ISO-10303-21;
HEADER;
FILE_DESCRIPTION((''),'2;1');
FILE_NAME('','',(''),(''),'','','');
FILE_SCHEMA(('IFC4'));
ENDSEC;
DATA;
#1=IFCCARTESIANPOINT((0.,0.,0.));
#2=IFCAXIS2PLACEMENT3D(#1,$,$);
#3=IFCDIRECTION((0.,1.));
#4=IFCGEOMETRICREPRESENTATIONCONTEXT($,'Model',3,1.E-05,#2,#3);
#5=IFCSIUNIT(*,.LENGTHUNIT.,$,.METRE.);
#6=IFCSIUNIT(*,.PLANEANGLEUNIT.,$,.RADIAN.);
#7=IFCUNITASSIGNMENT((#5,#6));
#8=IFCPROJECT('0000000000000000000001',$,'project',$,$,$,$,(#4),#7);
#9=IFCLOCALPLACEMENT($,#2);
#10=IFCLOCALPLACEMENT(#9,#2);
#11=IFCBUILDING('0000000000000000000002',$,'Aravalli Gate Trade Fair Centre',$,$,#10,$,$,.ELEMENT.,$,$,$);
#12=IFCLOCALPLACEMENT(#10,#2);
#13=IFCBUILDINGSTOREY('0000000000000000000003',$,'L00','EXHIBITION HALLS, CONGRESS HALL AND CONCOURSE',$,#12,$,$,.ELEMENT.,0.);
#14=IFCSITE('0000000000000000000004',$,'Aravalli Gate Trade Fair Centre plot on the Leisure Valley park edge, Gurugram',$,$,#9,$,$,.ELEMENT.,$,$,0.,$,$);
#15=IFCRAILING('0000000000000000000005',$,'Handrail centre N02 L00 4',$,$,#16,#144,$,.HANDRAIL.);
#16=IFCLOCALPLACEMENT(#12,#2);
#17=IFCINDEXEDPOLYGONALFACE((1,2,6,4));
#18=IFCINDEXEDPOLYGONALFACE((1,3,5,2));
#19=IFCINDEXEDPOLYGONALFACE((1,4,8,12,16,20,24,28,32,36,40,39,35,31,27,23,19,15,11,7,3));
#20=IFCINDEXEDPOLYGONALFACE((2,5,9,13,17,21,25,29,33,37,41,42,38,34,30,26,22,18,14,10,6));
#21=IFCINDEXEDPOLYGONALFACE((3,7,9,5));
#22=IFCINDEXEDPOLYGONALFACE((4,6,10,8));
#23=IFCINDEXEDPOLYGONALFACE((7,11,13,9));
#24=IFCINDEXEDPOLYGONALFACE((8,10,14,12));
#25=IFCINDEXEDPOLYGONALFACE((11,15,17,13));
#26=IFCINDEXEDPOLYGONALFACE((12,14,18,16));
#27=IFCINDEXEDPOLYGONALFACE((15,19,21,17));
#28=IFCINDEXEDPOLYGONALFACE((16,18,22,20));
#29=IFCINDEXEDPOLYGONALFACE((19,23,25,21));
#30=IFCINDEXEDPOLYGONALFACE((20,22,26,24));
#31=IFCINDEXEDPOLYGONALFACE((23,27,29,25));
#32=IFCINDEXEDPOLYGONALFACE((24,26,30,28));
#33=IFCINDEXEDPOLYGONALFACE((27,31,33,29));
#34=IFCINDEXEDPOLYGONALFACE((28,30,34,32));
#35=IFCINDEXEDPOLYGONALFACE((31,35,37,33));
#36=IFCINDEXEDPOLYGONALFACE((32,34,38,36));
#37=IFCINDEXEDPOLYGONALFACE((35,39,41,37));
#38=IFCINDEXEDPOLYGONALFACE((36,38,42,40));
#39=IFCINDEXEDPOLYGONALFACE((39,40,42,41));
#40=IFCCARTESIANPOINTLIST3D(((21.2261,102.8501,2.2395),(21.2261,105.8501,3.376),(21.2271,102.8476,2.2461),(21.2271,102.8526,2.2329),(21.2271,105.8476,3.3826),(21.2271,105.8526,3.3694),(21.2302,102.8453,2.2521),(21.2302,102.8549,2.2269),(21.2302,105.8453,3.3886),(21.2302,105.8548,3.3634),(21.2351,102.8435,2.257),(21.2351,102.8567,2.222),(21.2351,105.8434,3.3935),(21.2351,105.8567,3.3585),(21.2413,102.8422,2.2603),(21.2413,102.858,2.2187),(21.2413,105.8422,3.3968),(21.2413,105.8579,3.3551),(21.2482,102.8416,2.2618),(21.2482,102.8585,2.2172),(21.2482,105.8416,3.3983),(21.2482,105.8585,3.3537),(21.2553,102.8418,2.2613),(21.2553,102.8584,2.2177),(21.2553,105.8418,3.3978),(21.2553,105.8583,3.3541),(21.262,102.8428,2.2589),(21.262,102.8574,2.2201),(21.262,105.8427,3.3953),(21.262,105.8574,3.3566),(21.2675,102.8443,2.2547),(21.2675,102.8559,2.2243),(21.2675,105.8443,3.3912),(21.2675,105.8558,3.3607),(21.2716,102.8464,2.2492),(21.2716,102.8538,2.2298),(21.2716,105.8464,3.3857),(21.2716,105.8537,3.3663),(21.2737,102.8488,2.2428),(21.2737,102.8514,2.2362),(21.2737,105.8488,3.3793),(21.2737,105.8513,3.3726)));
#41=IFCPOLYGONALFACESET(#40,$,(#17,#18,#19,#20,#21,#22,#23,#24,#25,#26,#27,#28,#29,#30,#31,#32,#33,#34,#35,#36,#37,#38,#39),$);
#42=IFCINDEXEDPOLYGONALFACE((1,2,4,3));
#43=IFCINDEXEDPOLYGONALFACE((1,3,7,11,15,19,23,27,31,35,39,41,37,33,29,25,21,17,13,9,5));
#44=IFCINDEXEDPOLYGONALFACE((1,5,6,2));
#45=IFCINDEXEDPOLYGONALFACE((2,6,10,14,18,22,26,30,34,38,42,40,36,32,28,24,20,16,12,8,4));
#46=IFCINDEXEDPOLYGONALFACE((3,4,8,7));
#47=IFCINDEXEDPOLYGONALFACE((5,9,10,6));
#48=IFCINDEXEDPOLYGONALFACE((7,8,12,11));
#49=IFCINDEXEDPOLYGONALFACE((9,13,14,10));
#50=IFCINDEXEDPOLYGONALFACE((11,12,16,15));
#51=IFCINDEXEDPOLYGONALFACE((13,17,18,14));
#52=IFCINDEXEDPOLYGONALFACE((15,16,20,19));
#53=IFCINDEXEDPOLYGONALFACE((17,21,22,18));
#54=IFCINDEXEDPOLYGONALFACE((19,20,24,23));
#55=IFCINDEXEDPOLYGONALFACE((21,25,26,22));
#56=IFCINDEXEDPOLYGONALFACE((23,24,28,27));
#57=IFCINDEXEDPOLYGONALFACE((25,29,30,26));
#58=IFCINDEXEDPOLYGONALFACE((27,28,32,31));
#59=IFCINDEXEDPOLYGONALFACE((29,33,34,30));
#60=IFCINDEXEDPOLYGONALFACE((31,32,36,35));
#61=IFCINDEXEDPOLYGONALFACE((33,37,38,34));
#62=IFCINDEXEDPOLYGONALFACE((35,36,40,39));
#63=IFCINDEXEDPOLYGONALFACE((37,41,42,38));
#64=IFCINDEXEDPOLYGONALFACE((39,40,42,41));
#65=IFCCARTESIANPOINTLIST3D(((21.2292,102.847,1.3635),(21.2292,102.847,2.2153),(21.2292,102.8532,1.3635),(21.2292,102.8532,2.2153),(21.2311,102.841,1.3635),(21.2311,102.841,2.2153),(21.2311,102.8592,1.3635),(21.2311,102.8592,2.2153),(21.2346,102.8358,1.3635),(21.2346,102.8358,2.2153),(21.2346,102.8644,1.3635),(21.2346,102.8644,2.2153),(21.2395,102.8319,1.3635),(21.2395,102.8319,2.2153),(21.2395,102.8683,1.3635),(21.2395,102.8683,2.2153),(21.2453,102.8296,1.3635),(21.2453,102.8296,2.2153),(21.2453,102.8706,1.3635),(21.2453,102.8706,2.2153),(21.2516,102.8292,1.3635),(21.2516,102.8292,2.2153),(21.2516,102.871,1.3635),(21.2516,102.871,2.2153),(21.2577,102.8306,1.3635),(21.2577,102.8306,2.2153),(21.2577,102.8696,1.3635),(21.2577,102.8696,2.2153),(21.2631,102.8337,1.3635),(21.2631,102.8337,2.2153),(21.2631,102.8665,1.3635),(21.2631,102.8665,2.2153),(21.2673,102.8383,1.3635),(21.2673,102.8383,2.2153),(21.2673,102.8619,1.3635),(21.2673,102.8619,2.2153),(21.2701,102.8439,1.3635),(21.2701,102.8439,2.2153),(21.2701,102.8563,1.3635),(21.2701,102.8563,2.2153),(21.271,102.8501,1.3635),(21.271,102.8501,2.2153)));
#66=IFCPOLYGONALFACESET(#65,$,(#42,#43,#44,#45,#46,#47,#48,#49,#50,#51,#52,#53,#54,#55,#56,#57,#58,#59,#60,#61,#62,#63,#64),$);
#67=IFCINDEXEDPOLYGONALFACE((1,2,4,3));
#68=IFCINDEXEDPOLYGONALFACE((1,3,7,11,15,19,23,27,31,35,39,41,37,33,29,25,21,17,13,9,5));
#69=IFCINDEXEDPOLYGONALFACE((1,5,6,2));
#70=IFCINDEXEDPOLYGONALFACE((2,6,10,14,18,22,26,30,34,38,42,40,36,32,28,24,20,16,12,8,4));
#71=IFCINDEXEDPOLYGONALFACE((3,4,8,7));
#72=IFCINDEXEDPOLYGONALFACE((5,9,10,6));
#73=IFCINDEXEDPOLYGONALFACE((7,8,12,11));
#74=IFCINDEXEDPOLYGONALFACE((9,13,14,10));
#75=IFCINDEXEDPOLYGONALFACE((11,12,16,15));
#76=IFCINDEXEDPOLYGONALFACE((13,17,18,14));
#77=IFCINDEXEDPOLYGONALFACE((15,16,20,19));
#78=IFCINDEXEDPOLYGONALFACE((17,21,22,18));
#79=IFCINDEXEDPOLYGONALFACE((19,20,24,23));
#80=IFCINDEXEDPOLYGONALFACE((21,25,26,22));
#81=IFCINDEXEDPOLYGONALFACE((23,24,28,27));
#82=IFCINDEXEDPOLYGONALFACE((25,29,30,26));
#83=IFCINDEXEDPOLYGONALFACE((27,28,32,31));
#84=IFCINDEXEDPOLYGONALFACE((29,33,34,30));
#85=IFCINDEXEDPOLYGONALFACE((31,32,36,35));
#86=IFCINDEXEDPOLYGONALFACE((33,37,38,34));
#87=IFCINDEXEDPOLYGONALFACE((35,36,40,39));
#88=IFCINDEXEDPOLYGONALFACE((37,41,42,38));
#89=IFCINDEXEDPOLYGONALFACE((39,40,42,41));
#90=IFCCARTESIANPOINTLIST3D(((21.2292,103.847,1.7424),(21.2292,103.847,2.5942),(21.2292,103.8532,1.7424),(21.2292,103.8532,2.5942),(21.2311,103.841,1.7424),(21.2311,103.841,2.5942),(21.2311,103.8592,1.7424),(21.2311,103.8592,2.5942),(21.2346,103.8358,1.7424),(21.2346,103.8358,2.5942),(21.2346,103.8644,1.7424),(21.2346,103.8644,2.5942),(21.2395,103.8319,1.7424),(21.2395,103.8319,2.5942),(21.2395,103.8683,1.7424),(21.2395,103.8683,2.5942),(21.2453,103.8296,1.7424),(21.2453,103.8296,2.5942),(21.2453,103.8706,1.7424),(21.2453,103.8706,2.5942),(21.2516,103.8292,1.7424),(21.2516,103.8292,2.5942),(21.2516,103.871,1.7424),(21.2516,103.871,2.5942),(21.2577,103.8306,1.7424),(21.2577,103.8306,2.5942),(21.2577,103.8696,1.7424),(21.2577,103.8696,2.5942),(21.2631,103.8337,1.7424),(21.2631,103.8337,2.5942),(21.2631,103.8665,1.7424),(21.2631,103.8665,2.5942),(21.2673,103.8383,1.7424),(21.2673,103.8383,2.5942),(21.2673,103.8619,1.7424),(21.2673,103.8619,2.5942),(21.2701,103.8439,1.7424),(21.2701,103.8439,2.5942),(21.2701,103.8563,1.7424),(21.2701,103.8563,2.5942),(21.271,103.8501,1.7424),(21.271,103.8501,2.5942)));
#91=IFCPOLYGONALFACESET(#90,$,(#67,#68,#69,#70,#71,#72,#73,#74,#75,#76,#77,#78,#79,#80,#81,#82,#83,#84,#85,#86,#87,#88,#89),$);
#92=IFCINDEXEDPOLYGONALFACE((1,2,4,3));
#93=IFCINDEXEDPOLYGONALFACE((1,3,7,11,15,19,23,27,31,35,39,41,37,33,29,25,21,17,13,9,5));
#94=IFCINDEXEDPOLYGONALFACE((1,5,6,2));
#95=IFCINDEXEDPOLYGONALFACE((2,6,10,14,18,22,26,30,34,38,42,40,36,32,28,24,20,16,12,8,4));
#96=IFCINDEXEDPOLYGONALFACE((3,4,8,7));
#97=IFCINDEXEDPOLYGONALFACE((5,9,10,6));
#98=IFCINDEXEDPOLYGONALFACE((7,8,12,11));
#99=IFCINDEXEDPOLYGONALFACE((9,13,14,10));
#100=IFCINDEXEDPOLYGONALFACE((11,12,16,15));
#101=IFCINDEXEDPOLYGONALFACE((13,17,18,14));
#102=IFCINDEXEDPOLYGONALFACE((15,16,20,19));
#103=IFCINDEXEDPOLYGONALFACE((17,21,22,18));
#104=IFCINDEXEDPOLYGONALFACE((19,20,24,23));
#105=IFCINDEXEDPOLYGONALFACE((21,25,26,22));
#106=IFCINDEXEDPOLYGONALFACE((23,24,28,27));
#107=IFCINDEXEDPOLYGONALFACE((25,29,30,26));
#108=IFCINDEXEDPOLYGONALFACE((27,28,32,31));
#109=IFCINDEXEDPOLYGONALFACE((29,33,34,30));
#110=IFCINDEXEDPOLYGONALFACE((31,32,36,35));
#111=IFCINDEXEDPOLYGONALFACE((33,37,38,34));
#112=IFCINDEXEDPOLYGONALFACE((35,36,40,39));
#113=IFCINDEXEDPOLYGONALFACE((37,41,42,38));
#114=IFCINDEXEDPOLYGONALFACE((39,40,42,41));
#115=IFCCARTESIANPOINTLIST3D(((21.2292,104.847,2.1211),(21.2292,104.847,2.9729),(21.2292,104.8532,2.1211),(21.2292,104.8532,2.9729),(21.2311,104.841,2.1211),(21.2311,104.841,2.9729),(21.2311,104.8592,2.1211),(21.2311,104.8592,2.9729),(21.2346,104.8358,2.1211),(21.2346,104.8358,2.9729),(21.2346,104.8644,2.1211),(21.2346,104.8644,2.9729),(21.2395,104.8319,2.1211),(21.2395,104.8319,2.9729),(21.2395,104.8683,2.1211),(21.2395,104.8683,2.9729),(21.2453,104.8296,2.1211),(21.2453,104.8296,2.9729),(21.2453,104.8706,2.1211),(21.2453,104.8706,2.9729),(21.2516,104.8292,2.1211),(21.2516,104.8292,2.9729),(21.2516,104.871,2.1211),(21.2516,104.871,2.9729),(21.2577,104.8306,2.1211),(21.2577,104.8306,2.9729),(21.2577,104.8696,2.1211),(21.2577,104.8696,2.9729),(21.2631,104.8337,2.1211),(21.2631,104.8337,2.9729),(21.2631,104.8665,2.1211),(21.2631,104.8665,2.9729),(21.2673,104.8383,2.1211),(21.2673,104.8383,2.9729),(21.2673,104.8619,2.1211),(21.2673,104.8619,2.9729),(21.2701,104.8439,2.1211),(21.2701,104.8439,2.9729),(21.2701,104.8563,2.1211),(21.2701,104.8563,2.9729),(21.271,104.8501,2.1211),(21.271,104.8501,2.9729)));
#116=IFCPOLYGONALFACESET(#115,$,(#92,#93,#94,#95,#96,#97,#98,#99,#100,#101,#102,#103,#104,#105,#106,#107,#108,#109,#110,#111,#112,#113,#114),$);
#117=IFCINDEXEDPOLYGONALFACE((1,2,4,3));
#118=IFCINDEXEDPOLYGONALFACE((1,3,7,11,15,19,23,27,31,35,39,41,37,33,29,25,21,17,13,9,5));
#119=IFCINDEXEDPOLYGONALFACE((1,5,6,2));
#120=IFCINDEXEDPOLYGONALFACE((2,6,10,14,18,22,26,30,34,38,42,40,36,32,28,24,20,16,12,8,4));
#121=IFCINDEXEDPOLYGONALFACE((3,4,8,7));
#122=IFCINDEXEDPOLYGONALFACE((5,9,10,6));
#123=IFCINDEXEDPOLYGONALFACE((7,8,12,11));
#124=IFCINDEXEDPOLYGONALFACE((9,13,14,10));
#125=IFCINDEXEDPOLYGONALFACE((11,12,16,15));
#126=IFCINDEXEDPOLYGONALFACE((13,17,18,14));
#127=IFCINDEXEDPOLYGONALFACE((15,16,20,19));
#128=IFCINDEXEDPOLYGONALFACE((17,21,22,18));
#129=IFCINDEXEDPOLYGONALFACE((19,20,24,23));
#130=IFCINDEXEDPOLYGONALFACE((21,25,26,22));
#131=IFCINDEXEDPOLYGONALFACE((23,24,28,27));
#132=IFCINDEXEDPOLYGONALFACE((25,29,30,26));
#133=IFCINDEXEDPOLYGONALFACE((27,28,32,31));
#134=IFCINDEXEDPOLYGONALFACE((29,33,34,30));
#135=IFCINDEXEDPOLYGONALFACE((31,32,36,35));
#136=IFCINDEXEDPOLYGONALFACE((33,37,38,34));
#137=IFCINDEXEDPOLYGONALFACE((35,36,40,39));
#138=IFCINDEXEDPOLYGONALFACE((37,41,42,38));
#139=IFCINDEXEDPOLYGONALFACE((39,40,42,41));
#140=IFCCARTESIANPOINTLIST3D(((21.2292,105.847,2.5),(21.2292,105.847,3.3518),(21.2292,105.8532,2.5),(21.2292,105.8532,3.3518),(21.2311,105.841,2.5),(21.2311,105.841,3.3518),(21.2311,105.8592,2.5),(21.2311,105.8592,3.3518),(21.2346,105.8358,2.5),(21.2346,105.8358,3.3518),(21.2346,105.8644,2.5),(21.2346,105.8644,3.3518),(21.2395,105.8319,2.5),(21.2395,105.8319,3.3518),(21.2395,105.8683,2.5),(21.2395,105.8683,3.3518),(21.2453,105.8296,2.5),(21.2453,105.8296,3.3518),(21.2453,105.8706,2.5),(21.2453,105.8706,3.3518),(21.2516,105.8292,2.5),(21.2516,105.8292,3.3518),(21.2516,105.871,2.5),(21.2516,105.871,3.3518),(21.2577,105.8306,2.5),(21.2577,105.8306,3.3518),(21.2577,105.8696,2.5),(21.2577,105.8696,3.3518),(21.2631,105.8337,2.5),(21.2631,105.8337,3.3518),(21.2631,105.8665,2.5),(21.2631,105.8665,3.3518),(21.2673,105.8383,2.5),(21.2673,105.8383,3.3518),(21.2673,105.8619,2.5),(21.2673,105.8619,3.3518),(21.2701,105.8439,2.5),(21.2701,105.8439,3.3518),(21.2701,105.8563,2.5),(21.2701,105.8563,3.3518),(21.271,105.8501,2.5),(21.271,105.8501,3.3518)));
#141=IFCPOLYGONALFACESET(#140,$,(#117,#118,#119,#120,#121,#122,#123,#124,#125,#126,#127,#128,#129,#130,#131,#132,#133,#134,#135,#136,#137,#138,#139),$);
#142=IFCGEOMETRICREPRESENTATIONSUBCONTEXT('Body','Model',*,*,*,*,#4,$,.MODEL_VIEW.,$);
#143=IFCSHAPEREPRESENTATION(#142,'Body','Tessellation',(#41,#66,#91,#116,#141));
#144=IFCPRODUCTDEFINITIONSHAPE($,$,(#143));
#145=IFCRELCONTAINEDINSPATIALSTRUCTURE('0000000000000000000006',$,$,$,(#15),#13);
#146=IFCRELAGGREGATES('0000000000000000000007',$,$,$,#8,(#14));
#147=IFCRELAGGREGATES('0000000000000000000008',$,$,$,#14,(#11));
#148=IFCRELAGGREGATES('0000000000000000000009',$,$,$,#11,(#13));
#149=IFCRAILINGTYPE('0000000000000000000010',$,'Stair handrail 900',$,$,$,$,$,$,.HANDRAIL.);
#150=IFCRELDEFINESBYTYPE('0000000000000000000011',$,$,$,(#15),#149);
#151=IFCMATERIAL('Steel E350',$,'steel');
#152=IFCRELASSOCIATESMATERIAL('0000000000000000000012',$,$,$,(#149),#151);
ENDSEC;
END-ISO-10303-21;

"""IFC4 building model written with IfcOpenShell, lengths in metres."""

from ifc_helpers import new_model, si_unit, direction, frame, origin, origin_2d, place, context, subcontext, project, spatial, circle, extrude, material, type_object, element, save


model = new_model("IFC4")

# Units and contexts
model_context = context("Model", 3, precision=1e-05, world=origin(), true_north=direction((0.0, 1.0)))
body_context = subcontext(model_context, "Body", "Model", "MODEL_VIEW")
ifc_project = project(units=[si_unit("LENGTHUNIT", "METRE"), si_unit("PLANEANGLEUNIT", "RADIAN")], contexts=[model_context])

# Site, building, storey
site_placement = place(None, origin())
site = spatial("IfcSite", under=ifc_project, at=site_placement, Name="Aravalli Gate Trade Fair Centre plot on the Leisure Valley park edge, Gurugram", CompositionType="ELEMENT", RefElevation=0.0)
building_placement = place(site_placement, origin())
building = spatial("IfcBuilding", under=site, at=building_placement, Name="Aravalli Gate Trade Fair Centre", CompositionType="ELEMENT")
storey_placement = place(building_placement, origin())
storey = spatial("IfcBuildingStorey", under=building, at=storey_placement, Name="L00", Description="EXHIBITION HALLS, CONGRESS HALL AND CONCOURSE", CompositionType="ELEMENT", Elevation=0.0)

# Railing
ifc_material_1 = material(Name="Steel E350", Category="steel")
railing_type = type_object("IfcRailingType", Name="Stair handrail 900", PredefinedType="HANDRAIL", material=ifc_material_1)
for number, where, name in (
    (1, (21.25, 102.8501, 1.3635), "Handrail centre N02 L00 4"),
):
    element("IfcRailing", number, at=place(storey_placement, frame(where)), inside=storey, type_object=railing_type, Name=name, PredefinedType="HANDRAIL", context=body_context, shape_type="SweptSolid", body=[
        extrude(circle(Radius=0.0239, at=origin_2d()), frame((0.0, 0.0, 0.876), z_axis=(0.0, 0.935148, 0.354257), x_axis=(-1.0, 0.0, 0.0)), (0.0, 0.0, 1.0), 3.208),
        extrude(circle(Radius=0.021, at=origin_2d()), origin(), (0.0, 0.0, 1.0), 0.8518),
        extrude(circle(Radius=0.021, at=origin_2d()), frame((0.0, 1.0, 0.3789)), (0.0, 0.0, 1.0), 0.8518),
        extrude(circle(Radius=0.021, at=origin_2d()), frame((0.0, 2.0, 0.7576)), (0.0, 0.0, 1.0), 0.8518),
        extrude(circle(Radius=0.021, at=origin_2d()), frame((0.0, 3.0, 1.1365)), (0.0, 0.0, 1.0), 0.8518),
    ])

save(model, "model.ifc")
